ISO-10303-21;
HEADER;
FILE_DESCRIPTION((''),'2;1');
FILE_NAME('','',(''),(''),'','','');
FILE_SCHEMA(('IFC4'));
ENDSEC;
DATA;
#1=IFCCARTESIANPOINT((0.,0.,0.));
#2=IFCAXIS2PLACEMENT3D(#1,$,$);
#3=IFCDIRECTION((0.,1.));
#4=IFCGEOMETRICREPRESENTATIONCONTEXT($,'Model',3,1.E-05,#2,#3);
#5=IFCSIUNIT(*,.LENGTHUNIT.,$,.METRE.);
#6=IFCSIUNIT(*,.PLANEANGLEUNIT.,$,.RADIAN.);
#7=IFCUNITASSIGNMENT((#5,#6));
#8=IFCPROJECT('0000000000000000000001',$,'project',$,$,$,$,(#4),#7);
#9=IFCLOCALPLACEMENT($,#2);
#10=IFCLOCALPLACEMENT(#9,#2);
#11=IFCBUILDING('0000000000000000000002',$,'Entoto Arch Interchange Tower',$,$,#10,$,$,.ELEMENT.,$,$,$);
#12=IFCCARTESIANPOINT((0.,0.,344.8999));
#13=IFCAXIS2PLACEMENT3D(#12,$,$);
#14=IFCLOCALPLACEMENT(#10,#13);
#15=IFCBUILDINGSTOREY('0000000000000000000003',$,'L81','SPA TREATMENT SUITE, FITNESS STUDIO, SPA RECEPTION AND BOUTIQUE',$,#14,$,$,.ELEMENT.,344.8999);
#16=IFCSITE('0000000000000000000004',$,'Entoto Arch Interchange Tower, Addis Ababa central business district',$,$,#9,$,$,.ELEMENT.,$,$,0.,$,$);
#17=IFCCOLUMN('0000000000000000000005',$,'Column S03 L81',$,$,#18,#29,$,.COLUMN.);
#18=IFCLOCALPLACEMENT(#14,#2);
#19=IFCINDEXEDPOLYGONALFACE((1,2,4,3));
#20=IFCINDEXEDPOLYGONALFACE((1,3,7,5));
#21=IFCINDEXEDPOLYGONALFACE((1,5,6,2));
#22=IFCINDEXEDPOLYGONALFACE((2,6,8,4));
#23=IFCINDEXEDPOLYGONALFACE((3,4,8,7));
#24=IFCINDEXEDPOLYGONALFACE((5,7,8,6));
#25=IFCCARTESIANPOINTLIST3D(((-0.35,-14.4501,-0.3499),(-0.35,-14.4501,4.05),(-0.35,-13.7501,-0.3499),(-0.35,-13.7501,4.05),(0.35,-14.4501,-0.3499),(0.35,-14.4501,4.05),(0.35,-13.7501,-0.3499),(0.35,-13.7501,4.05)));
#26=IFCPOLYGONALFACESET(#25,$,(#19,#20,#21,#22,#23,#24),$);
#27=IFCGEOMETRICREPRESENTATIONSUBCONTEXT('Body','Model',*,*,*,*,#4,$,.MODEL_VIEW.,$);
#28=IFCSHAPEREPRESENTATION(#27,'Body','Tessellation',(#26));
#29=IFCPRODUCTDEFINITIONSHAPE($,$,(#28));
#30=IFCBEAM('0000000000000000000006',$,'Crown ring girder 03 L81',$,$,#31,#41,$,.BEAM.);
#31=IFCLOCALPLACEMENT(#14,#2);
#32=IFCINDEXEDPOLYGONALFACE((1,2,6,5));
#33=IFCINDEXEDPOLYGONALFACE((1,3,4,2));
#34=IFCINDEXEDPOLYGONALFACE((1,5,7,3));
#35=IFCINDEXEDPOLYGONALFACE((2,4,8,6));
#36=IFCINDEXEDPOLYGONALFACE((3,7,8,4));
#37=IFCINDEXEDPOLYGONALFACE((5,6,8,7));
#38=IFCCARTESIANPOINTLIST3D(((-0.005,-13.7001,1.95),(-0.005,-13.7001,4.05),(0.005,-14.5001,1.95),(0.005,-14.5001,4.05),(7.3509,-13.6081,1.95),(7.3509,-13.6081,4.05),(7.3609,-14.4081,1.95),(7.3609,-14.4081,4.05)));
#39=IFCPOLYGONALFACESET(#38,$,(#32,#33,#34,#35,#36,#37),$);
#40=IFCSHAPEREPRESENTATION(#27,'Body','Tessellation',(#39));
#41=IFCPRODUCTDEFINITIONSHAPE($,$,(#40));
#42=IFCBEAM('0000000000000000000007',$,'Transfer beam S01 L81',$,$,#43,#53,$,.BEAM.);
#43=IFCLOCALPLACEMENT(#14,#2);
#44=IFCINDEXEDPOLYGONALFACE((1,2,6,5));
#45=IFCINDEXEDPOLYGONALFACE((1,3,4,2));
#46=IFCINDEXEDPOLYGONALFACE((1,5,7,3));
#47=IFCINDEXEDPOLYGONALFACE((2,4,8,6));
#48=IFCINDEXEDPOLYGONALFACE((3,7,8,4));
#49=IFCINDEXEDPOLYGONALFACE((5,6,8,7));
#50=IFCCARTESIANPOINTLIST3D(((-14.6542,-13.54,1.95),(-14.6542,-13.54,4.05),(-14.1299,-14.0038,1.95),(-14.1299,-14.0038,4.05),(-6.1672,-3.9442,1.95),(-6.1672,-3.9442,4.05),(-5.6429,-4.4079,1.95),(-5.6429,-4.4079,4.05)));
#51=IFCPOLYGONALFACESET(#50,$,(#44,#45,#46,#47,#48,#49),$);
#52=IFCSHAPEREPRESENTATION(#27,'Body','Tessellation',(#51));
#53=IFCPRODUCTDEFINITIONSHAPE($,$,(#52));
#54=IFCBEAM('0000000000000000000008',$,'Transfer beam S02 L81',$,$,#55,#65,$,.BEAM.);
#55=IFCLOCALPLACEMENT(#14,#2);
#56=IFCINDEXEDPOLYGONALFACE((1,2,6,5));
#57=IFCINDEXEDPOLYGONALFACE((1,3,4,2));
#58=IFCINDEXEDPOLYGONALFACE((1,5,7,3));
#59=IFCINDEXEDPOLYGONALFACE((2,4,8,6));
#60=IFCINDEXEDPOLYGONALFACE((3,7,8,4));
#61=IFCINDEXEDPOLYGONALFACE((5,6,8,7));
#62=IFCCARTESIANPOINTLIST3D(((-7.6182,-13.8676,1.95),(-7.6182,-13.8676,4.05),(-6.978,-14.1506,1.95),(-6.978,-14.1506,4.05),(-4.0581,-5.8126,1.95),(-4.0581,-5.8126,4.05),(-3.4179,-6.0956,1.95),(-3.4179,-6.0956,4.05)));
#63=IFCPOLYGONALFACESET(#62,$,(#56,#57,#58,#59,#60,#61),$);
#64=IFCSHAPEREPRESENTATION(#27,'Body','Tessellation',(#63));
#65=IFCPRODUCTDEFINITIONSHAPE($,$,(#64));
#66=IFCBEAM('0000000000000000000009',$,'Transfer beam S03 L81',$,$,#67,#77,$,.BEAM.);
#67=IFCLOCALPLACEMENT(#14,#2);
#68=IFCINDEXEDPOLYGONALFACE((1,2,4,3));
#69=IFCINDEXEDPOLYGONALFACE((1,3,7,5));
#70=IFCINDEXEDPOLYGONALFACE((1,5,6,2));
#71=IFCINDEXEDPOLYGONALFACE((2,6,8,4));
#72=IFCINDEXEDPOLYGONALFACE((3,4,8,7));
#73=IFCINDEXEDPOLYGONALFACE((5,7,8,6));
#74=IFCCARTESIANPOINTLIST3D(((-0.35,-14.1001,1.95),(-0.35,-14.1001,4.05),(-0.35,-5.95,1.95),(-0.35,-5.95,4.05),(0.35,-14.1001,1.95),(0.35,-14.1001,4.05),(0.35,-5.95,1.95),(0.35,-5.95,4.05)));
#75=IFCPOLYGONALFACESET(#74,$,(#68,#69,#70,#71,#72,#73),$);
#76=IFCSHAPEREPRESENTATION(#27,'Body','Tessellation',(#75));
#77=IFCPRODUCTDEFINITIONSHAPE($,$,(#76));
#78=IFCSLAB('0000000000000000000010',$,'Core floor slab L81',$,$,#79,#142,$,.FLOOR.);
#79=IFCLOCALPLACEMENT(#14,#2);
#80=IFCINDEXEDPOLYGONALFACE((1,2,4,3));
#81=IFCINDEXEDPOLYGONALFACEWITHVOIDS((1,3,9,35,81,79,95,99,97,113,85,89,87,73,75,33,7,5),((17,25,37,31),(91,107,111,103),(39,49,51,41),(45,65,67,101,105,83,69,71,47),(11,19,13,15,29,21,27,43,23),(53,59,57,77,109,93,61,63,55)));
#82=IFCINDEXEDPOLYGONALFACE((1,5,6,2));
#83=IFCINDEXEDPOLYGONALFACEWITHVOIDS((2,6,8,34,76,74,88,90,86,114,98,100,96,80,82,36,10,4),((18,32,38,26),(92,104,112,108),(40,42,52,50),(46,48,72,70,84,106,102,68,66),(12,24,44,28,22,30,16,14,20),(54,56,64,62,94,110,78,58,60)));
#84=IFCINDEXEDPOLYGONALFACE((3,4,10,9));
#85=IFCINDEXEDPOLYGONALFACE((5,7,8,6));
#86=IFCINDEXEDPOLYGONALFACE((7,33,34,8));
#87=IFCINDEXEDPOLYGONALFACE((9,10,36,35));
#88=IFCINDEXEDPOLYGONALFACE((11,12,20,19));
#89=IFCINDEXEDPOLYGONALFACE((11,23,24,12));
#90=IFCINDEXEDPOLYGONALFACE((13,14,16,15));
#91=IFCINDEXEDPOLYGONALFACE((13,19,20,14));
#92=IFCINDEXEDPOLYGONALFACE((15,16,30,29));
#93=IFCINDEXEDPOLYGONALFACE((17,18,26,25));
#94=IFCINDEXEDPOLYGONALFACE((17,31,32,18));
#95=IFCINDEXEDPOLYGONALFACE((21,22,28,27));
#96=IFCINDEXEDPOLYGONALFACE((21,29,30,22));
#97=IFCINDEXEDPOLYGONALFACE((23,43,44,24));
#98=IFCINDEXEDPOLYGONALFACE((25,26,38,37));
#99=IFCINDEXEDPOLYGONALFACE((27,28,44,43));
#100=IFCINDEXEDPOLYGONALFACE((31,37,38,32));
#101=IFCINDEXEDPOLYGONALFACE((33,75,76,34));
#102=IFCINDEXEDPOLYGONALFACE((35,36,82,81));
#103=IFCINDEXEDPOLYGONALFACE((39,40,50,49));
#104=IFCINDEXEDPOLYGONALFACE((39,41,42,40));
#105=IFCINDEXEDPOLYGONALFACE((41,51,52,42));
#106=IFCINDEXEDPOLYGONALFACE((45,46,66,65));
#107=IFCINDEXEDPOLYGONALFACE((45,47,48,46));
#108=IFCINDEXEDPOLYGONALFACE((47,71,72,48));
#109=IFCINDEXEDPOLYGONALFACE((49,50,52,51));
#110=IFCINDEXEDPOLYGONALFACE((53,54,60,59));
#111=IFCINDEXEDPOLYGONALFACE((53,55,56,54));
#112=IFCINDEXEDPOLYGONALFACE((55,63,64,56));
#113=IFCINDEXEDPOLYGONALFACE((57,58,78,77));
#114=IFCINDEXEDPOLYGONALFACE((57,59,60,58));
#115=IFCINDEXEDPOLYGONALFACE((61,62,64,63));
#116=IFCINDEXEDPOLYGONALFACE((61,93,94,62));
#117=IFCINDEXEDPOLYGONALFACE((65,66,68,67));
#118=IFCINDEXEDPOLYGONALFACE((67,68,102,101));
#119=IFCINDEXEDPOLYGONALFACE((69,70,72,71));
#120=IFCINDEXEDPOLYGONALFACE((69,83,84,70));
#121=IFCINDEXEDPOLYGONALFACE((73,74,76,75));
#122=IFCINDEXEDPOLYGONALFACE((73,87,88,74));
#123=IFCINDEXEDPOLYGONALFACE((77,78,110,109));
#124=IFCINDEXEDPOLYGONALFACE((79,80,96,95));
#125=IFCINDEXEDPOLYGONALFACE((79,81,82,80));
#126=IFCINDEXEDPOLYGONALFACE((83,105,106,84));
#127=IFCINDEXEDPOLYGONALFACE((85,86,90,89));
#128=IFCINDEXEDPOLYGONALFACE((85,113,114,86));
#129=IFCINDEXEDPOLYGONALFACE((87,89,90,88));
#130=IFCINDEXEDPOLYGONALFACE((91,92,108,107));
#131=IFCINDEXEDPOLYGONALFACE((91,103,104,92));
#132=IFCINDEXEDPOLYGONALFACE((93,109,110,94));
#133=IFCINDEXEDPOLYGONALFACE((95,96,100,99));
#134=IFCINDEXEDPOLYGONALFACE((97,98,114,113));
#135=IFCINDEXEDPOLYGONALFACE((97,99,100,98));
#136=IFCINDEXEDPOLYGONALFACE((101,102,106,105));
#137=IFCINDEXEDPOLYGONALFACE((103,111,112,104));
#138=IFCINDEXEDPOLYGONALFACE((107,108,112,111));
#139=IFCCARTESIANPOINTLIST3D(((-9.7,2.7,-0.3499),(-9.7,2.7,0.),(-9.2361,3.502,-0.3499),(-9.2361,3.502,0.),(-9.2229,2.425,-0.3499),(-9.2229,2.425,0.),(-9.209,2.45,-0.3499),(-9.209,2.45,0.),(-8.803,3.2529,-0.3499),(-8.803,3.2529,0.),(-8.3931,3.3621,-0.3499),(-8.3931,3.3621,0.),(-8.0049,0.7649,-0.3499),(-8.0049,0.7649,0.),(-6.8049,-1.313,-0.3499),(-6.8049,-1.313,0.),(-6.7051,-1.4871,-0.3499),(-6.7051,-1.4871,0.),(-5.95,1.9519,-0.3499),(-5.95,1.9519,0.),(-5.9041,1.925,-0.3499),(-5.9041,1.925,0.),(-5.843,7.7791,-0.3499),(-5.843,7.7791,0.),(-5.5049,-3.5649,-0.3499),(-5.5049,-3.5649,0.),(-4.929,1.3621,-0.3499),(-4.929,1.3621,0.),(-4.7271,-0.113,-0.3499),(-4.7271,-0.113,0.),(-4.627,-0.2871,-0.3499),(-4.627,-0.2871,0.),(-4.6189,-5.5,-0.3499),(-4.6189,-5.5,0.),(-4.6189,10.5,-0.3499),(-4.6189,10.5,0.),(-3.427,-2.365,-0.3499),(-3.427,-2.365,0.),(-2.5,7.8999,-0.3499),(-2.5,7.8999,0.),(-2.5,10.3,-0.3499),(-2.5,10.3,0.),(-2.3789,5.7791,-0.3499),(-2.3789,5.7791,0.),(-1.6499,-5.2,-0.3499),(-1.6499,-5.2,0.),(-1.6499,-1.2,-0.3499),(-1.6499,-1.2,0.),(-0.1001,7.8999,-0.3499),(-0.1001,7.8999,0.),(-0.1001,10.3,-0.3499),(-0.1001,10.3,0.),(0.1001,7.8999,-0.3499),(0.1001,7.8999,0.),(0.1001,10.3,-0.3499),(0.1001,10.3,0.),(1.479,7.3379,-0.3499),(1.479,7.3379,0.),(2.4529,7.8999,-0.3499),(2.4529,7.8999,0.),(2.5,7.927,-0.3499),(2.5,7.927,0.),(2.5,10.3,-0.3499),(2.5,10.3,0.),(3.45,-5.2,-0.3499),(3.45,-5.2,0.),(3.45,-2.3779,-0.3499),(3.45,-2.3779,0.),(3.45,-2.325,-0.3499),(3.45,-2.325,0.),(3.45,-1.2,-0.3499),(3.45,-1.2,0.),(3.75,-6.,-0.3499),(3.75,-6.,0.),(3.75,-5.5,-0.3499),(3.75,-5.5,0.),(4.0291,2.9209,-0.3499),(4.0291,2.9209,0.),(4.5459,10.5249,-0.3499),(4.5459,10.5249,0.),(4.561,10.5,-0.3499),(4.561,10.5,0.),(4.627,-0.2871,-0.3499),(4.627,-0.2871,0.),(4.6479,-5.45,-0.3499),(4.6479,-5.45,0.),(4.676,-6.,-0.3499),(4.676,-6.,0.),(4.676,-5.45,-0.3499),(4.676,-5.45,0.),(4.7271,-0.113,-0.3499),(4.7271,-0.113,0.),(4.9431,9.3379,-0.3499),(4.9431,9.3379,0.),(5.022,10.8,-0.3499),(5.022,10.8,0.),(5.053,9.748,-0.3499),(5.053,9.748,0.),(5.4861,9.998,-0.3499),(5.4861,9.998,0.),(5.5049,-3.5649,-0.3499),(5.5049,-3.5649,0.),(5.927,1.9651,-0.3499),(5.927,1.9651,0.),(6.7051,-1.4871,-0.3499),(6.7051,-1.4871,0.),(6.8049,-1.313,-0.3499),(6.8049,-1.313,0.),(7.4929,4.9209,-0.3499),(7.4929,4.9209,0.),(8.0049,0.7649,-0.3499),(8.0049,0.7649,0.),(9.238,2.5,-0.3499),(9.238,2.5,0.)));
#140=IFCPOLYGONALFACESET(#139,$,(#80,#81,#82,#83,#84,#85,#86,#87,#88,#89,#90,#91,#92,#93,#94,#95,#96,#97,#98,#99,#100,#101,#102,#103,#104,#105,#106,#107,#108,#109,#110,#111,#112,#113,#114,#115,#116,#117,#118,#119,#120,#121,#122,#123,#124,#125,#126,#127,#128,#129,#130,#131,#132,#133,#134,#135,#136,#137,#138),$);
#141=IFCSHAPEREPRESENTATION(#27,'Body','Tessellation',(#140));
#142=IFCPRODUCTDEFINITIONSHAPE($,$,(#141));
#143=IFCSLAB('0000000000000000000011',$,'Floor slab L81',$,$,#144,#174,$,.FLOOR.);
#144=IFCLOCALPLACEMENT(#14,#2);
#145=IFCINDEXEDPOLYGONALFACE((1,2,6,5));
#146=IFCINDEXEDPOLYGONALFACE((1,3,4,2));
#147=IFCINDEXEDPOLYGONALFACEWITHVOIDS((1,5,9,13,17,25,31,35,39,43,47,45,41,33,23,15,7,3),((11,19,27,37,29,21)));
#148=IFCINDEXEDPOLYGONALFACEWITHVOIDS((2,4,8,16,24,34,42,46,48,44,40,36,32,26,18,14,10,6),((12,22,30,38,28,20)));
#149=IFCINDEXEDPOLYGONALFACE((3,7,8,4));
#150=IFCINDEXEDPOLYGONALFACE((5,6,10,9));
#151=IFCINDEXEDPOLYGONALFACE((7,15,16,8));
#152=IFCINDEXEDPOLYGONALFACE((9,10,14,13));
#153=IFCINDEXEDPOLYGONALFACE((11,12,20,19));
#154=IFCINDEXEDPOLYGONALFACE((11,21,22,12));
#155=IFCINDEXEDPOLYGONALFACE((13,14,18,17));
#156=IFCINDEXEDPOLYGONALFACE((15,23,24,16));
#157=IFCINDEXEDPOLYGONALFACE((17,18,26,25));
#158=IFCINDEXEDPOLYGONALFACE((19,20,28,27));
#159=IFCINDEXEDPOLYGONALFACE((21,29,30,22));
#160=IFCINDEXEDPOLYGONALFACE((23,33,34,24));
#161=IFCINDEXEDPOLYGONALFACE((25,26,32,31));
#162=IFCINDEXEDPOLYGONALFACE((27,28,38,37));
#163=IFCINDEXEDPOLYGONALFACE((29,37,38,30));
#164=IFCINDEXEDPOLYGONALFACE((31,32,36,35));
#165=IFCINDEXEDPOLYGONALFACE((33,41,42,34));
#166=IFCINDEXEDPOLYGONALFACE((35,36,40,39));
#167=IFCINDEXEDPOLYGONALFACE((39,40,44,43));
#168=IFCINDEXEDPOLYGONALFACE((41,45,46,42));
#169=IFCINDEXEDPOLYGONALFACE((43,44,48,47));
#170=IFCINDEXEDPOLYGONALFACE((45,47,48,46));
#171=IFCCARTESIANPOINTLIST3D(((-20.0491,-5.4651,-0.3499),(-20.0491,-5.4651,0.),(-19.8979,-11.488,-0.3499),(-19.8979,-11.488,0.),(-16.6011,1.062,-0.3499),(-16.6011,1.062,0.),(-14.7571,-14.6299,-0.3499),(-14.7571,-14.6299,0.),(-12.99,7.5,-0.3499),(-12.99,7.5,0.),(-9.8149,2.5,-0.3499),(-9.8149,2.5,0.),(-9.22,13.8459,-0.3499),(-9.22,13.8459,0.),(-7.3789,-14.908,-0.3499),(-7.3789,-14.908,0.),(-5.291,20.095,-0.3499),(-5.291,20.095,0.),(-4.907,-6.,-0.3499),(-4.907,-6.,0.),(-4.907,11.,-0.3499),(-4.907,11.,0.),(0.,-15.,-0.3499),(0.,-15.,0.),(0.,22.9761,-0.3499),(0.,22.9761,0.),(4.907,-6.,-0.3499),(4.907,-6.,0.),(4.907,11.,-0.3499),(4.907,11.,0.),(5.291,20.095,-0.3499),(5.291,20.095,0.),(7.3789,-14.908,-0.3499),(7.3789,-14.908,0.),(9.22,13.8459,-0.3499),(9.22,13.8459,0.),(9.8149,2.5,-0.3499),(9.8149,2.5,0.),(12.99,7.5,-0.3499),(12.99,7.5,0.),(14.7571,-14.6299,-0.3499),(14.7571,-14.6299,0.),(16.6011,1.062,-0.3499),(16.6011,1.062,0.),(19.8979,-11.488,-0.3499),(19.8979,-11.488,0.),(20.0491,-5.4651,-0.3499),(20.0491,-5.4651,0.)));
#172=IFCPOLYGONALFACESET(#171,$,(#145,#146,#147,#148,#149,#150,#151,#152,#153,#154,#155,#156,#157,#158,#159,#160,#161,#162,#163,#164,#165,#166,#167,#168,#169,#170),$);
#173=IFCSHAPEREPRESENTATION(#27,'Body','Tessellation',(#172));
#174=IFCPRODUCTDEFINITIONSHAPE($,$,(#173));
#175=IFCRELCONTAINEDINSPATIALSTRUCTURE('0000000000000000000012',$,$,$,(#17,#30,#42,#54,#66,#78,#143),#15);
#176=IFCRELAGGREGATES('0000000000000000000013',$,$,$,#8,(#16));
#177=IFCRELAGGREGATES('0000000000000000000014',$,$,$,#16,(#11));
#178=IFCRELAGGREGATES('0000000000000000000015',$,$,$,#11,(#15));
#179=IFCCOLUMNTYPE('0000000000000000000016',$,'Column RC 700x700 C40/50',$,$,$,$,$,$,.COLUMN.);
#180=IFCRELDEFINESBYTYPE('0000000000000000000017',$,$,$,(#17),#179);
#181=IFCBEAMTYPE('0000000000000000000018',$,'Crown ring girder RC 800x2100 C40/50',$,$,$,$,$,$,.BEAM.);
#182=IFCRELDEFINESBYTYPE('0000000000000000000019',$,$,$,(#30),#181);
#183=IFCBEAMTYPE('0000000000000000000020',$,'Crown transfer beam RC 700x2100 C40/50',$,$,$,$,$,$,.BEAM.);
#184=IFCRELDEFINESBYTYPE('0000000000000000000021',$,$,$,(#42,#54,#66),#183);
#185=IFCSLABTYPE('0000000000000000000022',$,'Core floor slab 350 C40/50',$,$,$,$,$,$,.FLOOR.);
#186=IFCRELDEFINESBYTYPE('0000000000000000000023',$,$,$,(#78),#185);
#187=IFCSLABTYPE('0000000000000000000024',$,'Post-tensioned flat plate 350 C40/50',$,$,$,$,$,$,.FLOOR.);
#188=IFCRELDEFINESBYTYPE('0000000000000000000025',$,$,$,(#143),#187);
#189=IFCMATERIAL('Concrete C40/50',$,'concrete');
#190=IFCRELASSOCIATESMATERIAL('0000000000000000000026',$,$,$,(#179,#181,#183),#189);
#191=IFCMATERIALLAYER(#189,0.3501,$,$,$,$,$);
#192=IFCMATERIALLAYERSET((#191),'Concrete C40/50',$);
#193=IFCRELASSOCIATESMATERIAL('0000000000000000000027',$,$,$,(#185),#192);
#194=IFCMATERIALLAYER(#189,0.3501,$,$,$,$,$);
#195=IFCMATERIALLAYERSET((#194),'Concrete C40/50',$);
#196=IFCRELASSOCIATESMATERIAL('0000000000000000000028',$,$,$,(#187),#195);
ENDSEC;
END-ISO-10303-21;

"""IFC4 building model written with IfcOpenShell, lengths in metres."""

from ifc_helpers import new_model, si_unit, direction, frame, origin, origin_2d, place, context, subcontext, project, spatial, polyline, rectangle, outline, extrude, material, layer, layer_set, material_profile, profile_set, type_object, element, save


model = new_model("IFC4")

# Units and contexts
model_context = context("Model", 3, precision=1e-05, world=origin(), true_north=direction((0.0, 1.0)))
body_context = subcontext(model_context, "Body", "Model", "MODEL_VIEW")
ifc_project = project(units=[si_unit("LENGTHUNIT", "METRE"), si_unit("PLANEANGLEUNIT", "RADIAN")], contexts=[model_context])

# Site, building, storey
site_placement = place(None, origin())
site = spatial("IfcSite", under=ifc_project, at=site_placement, Name="Entoto Arch Interchange Tower, Addis Ababa central business district", CompositionType="ELEMENT", RefElevation=0.0)
building_placement = place(site_placement, origin())
building = spatial("IfcBuilding", under=site, at=building_placement, Name="Entoto Arch Interchange Tower", CompositionType="ELEMENT")
storey_placement = place(building_placement, frame((0.0, 0.0, 344.8999)))
storey = spatial("IfcBuildingStorey", under=building, at=storey_placement, Name="L81", Description="SPA TREATMENT SUITE, FITNESS STUDIO, SPA RECEPTION AND BOUTIQUE", CompositionType="ELEMENT", Elevation=344.8999)

# Column
ifc_material_1 = material(Name="Concrete C40/50", Category="concrete")
ifc_material_profile_1 = material_profile(ifc_material_1, rectangle(XDim=0.7, YDim=0.7, at=origin_2d()))
ifc_profile_set_1 = profile_set([ifc_material_profile_1], Name="Concrete C40/50")
column_type = type_object("IfcColumnType", Name="Column RC 700x700 C40/50", PredefinedType="COLUMN", material=ifc_profile_set_1)
column_placement = place(storey_placement, frame((0.0, -14.1001, -0.3499), z_axis=(0.0, 0.0, 1.0), x_axis=(1.0, 0.0, 0.0)))
element("IfcColumn", 1, at=column_placement, inside=storey, type_object=column_type, Name="Column S03 L81", PredefinedType="COLUMN", context=body_context, shape_type="SweptSolid", body=[
    extrude(rectangle(XDim=0.7, YDim=0.7, at=origin_2d()), origin(), (0.0, 0.0, 1.0), 4.3999),
])

# Beams
ifc_material_profile_2 = material_profile(ifc_material_1, rectangle(XDim=0.8, YDim=2.1001, at=origin_2d()))
ifc_profile_set_2 = profile_set([ifc_material_profile_2], Name="Concrete C40/50")
beam_type_1 = type_object("IfcBeamType", Name="Crown ring girder RC 800x2100 C40/50", PredefinedType="BEAM", material=ifc_profile_set_2)
beam_1_placement = place(storey_placement, frame((0.0, -14.1001, 3.0), z_axis=(0.999922, 0.012511, 0.0), x_axis=(-0.012511, 0.999922, 0.0)))
element("IfcBeam", 2, at=beam_1_placement, inside=storey, type_object=beam_type_1, Name="Crown ring girder 03 L81", PredefinedType="BEAM", context=body_context, shape_type="SweptSolid", body=[
    extrude(rectangle(XDim=0.8, YDim=2.1001, at=origin_2d()), origin(), (0.0, 0.0, 1.0), 7.3564),
])
ifc_material_profile_3 = material_profile(ifc_material_1, rectangle(XDim=0.7, YDim=2.1001, at=origin_2d()))
ifc_profile_set_3 = profile_set([ifc_material_profile_3], Name="Concrete C40/50")
beam_type_2 = type_object("IfcBeamType", Name="Crown transfer beam RC 700x2100 C40/50", PredefinedType="BEAM", material=ifc_profile_set_3)
beam_2_placement = place(storey_placement, frame((-5.905, -4.176, 3.0), z_axis=(-0.662501, -0.749061, 0.0), x_axis=(0.749061, -0.662501, 0.0)))
element("IfcBeam", 3, at=beam_2_placement, inside=storey, type_object=beam_type_2, Name="Transfer beam S01 L81", PredefinedType="BEAM", context=body_context, shape_type="SweptSolid", body=[
    extrude(rectangle(XDim=0.7, YDim=2.1001, at=origin_2d()), origin(), (0.0, 0.0, 1.0), 12.8105),
])
beam_3_placement = place(storey_placement, frame((-3.738, -5.9541, 3.0), z_axis=(-0.40425, -0.914649, 0.0), x_axis=(0.914649, -0.40425, 0.0)))
element("IfcBeam", 4, at=beam_3_placement, inside=storey, type_object=beam_type_2, Name="Transfer beam S02 L81", PredefinedType="BEAM", context=body_context, shape_type="SweptSolid", body=[
    extrude(rectangle(XDim=0.7, YDim=2.1001, at=origin_2d()), origin(), (0.0, 0.0, 1.0), 8.8066),
])
beam_4_placement = place(storey_placement, frame((0.0, -5.95, 3.0), z_axis=(0.0, -1.0, 0.0), x_axis=(1.0, 0.0, 0.0)))
element("IfcBeam", 5, at=beam_4_placement, inside=storey, type_object=beam_type_2, Name="Transfer beam S03 L81", PredefinedType="BEAM", context=body_context, shape_type="SweptSolid", body=[
    extrude(rectangle(XDim=0.7, YDim=2.1001, at=origin_2d()), origin(), (0.0, 0.0, 1.0), 8.1501),
])

# Slabs
ifc_layer_1 = layer(ifc_material_1, 0.3501)
ifc_layer_set_1 = layer_set([ifc_layer_1], Name="Concrete C40/50")
slab_type_1 = type_object("IfcSlabType", Name="Core floor slab 350 C40/50", PredefinedType="FLOOR", material=ifc_layer_set_1)
slab_1_placement = place(storey_placement, frame((0.0, 0.0, -0.3499)))
element("IfcSlab", 6, at=slab_1_placement, inside=storey, type_object=slab_type_1, Name="Core floor slab L81", PredefinedType="FLOOR", context=body_context, shape_type="SweptSolid", body=[
    extrude(outline(polyline([(-9.209, 2.45), (-9.2229, 2.425), (-9.7, 2.7), (-9.2361, 3.502), (-8.803, 3.2529), (-4.6189, 10.5), (4.561, 10.5), (4.5459, 10.5249), (5.022, 10.8), (5.4861, 9.998), (5.053, 9.748), (9.238, 2.5), (4.6479, -5.45), (4.676, -5.45), (4.676, -6.0), (3.75, -6.0), (3.75, -5.5), (-4.6189, -5.5), (-9.209, 2.45)]), holes=[polyline([(-1.6499, -5.2), (3.45, -5.2), (3.45, -2.3779), (5.5049, -3.5649), (6.7051, -1.4871), (4.627, -0.2871), (3.45, -2.325), (3.45, -1.2), (-1.6499, -1.2), (-1.6499, -5.2)]), polyline([(-4.627, -0.2871), (-6.7051, -1.4871), (-5.5049, -3.5649), (-3.427, -2.365), (-4.627, -0.2871)]), polyline([(-5.9041, 1.925), (-4.929, 1.3621), (-2.3789, 5.7791), (-5.843, 7.7791), (-8.3931, 3.3621), (-5.95, 1.9519), (-8.0049, 0.7649), (-6.8049, -1.313), (-4.7271, -0.113), (-5.9041, 1.925)]), polyline([(4.7271, -0.113), (6.8049, -1.313), (8.0049, 0.7649), (5.927, 1.9651), (4.7271, -0.113)]), polyline([(2.5, 7.927), (2.5, 10.3), (0.1001, 10.3), (0.1001, 7.8999), (2.4529, 7.8999), (1.479, 7.3379), (4.0291, 2.9209), (7.4929, 4.9209), (4.9431, 9.3379), (2.5, 7.927)]), polyline([(-2.5, 7.8999), (-0.1001, 7.8999), (-0.1001, 10.3), (-2.5, 10.3), (-2.5, 7.8999)])]), origin(), (0.0, 0.0, 1.0), 0.3499),
])
ifc_layer_2 = layer(ifc_material_1, 0.3501)
ifc_layer_set_2 = layer_set([ifc_layer_2], Name="Concrete C40/50")
slab_type_2 = type_object("IfcSlabType", Name="Post-tensioned flat plate 350 C40/50", PredefinedType="FLOOR", material=ifc_layer_set_2)
slab_2_placement = place(storey_placement, frame((0.0, 0.0, -0.3499)))
element("IfcSlab", 7, at=slab_2_placement, inside=storey, type_object=slab_type_2, Name="Floor slab L81", PredefinedType="FLOOR", context=body_context, shape_type="SweptSolid", body=[
    extrude(outline(polyline([(-14.7571, -14.6299), (-7.3789, -14.908), (0.0, -15.0), (7.3789, -14.908), (14.7571, -14.6299), (19.8979, -11.488), (20.0491, -5.4651), (16.6011, 1.062), (12.99, 7.5), (9.22, 13.8459), (5.291, 20.095), (0.0, 22.9761), (-5.291, 20.095), (-9.22, 13.8459), (-12.99, 7.5), (-16.6011, 1.062), (-20.0491, -5.4651), (-19.8979, -11.488), (-14.7571, -14.6299)]), holes=[polyline([(4.907, 11.0), (-4.907, 11.0), (-9.8149, 2.5), (-4.907, -6.0), (4.907, -6.0), (9.8149, 2.5), (4.907, 11.0)])]), origin(), (0.0, 0.0, 1.0), 0.3499),
])

save(model, "model.ifc")
